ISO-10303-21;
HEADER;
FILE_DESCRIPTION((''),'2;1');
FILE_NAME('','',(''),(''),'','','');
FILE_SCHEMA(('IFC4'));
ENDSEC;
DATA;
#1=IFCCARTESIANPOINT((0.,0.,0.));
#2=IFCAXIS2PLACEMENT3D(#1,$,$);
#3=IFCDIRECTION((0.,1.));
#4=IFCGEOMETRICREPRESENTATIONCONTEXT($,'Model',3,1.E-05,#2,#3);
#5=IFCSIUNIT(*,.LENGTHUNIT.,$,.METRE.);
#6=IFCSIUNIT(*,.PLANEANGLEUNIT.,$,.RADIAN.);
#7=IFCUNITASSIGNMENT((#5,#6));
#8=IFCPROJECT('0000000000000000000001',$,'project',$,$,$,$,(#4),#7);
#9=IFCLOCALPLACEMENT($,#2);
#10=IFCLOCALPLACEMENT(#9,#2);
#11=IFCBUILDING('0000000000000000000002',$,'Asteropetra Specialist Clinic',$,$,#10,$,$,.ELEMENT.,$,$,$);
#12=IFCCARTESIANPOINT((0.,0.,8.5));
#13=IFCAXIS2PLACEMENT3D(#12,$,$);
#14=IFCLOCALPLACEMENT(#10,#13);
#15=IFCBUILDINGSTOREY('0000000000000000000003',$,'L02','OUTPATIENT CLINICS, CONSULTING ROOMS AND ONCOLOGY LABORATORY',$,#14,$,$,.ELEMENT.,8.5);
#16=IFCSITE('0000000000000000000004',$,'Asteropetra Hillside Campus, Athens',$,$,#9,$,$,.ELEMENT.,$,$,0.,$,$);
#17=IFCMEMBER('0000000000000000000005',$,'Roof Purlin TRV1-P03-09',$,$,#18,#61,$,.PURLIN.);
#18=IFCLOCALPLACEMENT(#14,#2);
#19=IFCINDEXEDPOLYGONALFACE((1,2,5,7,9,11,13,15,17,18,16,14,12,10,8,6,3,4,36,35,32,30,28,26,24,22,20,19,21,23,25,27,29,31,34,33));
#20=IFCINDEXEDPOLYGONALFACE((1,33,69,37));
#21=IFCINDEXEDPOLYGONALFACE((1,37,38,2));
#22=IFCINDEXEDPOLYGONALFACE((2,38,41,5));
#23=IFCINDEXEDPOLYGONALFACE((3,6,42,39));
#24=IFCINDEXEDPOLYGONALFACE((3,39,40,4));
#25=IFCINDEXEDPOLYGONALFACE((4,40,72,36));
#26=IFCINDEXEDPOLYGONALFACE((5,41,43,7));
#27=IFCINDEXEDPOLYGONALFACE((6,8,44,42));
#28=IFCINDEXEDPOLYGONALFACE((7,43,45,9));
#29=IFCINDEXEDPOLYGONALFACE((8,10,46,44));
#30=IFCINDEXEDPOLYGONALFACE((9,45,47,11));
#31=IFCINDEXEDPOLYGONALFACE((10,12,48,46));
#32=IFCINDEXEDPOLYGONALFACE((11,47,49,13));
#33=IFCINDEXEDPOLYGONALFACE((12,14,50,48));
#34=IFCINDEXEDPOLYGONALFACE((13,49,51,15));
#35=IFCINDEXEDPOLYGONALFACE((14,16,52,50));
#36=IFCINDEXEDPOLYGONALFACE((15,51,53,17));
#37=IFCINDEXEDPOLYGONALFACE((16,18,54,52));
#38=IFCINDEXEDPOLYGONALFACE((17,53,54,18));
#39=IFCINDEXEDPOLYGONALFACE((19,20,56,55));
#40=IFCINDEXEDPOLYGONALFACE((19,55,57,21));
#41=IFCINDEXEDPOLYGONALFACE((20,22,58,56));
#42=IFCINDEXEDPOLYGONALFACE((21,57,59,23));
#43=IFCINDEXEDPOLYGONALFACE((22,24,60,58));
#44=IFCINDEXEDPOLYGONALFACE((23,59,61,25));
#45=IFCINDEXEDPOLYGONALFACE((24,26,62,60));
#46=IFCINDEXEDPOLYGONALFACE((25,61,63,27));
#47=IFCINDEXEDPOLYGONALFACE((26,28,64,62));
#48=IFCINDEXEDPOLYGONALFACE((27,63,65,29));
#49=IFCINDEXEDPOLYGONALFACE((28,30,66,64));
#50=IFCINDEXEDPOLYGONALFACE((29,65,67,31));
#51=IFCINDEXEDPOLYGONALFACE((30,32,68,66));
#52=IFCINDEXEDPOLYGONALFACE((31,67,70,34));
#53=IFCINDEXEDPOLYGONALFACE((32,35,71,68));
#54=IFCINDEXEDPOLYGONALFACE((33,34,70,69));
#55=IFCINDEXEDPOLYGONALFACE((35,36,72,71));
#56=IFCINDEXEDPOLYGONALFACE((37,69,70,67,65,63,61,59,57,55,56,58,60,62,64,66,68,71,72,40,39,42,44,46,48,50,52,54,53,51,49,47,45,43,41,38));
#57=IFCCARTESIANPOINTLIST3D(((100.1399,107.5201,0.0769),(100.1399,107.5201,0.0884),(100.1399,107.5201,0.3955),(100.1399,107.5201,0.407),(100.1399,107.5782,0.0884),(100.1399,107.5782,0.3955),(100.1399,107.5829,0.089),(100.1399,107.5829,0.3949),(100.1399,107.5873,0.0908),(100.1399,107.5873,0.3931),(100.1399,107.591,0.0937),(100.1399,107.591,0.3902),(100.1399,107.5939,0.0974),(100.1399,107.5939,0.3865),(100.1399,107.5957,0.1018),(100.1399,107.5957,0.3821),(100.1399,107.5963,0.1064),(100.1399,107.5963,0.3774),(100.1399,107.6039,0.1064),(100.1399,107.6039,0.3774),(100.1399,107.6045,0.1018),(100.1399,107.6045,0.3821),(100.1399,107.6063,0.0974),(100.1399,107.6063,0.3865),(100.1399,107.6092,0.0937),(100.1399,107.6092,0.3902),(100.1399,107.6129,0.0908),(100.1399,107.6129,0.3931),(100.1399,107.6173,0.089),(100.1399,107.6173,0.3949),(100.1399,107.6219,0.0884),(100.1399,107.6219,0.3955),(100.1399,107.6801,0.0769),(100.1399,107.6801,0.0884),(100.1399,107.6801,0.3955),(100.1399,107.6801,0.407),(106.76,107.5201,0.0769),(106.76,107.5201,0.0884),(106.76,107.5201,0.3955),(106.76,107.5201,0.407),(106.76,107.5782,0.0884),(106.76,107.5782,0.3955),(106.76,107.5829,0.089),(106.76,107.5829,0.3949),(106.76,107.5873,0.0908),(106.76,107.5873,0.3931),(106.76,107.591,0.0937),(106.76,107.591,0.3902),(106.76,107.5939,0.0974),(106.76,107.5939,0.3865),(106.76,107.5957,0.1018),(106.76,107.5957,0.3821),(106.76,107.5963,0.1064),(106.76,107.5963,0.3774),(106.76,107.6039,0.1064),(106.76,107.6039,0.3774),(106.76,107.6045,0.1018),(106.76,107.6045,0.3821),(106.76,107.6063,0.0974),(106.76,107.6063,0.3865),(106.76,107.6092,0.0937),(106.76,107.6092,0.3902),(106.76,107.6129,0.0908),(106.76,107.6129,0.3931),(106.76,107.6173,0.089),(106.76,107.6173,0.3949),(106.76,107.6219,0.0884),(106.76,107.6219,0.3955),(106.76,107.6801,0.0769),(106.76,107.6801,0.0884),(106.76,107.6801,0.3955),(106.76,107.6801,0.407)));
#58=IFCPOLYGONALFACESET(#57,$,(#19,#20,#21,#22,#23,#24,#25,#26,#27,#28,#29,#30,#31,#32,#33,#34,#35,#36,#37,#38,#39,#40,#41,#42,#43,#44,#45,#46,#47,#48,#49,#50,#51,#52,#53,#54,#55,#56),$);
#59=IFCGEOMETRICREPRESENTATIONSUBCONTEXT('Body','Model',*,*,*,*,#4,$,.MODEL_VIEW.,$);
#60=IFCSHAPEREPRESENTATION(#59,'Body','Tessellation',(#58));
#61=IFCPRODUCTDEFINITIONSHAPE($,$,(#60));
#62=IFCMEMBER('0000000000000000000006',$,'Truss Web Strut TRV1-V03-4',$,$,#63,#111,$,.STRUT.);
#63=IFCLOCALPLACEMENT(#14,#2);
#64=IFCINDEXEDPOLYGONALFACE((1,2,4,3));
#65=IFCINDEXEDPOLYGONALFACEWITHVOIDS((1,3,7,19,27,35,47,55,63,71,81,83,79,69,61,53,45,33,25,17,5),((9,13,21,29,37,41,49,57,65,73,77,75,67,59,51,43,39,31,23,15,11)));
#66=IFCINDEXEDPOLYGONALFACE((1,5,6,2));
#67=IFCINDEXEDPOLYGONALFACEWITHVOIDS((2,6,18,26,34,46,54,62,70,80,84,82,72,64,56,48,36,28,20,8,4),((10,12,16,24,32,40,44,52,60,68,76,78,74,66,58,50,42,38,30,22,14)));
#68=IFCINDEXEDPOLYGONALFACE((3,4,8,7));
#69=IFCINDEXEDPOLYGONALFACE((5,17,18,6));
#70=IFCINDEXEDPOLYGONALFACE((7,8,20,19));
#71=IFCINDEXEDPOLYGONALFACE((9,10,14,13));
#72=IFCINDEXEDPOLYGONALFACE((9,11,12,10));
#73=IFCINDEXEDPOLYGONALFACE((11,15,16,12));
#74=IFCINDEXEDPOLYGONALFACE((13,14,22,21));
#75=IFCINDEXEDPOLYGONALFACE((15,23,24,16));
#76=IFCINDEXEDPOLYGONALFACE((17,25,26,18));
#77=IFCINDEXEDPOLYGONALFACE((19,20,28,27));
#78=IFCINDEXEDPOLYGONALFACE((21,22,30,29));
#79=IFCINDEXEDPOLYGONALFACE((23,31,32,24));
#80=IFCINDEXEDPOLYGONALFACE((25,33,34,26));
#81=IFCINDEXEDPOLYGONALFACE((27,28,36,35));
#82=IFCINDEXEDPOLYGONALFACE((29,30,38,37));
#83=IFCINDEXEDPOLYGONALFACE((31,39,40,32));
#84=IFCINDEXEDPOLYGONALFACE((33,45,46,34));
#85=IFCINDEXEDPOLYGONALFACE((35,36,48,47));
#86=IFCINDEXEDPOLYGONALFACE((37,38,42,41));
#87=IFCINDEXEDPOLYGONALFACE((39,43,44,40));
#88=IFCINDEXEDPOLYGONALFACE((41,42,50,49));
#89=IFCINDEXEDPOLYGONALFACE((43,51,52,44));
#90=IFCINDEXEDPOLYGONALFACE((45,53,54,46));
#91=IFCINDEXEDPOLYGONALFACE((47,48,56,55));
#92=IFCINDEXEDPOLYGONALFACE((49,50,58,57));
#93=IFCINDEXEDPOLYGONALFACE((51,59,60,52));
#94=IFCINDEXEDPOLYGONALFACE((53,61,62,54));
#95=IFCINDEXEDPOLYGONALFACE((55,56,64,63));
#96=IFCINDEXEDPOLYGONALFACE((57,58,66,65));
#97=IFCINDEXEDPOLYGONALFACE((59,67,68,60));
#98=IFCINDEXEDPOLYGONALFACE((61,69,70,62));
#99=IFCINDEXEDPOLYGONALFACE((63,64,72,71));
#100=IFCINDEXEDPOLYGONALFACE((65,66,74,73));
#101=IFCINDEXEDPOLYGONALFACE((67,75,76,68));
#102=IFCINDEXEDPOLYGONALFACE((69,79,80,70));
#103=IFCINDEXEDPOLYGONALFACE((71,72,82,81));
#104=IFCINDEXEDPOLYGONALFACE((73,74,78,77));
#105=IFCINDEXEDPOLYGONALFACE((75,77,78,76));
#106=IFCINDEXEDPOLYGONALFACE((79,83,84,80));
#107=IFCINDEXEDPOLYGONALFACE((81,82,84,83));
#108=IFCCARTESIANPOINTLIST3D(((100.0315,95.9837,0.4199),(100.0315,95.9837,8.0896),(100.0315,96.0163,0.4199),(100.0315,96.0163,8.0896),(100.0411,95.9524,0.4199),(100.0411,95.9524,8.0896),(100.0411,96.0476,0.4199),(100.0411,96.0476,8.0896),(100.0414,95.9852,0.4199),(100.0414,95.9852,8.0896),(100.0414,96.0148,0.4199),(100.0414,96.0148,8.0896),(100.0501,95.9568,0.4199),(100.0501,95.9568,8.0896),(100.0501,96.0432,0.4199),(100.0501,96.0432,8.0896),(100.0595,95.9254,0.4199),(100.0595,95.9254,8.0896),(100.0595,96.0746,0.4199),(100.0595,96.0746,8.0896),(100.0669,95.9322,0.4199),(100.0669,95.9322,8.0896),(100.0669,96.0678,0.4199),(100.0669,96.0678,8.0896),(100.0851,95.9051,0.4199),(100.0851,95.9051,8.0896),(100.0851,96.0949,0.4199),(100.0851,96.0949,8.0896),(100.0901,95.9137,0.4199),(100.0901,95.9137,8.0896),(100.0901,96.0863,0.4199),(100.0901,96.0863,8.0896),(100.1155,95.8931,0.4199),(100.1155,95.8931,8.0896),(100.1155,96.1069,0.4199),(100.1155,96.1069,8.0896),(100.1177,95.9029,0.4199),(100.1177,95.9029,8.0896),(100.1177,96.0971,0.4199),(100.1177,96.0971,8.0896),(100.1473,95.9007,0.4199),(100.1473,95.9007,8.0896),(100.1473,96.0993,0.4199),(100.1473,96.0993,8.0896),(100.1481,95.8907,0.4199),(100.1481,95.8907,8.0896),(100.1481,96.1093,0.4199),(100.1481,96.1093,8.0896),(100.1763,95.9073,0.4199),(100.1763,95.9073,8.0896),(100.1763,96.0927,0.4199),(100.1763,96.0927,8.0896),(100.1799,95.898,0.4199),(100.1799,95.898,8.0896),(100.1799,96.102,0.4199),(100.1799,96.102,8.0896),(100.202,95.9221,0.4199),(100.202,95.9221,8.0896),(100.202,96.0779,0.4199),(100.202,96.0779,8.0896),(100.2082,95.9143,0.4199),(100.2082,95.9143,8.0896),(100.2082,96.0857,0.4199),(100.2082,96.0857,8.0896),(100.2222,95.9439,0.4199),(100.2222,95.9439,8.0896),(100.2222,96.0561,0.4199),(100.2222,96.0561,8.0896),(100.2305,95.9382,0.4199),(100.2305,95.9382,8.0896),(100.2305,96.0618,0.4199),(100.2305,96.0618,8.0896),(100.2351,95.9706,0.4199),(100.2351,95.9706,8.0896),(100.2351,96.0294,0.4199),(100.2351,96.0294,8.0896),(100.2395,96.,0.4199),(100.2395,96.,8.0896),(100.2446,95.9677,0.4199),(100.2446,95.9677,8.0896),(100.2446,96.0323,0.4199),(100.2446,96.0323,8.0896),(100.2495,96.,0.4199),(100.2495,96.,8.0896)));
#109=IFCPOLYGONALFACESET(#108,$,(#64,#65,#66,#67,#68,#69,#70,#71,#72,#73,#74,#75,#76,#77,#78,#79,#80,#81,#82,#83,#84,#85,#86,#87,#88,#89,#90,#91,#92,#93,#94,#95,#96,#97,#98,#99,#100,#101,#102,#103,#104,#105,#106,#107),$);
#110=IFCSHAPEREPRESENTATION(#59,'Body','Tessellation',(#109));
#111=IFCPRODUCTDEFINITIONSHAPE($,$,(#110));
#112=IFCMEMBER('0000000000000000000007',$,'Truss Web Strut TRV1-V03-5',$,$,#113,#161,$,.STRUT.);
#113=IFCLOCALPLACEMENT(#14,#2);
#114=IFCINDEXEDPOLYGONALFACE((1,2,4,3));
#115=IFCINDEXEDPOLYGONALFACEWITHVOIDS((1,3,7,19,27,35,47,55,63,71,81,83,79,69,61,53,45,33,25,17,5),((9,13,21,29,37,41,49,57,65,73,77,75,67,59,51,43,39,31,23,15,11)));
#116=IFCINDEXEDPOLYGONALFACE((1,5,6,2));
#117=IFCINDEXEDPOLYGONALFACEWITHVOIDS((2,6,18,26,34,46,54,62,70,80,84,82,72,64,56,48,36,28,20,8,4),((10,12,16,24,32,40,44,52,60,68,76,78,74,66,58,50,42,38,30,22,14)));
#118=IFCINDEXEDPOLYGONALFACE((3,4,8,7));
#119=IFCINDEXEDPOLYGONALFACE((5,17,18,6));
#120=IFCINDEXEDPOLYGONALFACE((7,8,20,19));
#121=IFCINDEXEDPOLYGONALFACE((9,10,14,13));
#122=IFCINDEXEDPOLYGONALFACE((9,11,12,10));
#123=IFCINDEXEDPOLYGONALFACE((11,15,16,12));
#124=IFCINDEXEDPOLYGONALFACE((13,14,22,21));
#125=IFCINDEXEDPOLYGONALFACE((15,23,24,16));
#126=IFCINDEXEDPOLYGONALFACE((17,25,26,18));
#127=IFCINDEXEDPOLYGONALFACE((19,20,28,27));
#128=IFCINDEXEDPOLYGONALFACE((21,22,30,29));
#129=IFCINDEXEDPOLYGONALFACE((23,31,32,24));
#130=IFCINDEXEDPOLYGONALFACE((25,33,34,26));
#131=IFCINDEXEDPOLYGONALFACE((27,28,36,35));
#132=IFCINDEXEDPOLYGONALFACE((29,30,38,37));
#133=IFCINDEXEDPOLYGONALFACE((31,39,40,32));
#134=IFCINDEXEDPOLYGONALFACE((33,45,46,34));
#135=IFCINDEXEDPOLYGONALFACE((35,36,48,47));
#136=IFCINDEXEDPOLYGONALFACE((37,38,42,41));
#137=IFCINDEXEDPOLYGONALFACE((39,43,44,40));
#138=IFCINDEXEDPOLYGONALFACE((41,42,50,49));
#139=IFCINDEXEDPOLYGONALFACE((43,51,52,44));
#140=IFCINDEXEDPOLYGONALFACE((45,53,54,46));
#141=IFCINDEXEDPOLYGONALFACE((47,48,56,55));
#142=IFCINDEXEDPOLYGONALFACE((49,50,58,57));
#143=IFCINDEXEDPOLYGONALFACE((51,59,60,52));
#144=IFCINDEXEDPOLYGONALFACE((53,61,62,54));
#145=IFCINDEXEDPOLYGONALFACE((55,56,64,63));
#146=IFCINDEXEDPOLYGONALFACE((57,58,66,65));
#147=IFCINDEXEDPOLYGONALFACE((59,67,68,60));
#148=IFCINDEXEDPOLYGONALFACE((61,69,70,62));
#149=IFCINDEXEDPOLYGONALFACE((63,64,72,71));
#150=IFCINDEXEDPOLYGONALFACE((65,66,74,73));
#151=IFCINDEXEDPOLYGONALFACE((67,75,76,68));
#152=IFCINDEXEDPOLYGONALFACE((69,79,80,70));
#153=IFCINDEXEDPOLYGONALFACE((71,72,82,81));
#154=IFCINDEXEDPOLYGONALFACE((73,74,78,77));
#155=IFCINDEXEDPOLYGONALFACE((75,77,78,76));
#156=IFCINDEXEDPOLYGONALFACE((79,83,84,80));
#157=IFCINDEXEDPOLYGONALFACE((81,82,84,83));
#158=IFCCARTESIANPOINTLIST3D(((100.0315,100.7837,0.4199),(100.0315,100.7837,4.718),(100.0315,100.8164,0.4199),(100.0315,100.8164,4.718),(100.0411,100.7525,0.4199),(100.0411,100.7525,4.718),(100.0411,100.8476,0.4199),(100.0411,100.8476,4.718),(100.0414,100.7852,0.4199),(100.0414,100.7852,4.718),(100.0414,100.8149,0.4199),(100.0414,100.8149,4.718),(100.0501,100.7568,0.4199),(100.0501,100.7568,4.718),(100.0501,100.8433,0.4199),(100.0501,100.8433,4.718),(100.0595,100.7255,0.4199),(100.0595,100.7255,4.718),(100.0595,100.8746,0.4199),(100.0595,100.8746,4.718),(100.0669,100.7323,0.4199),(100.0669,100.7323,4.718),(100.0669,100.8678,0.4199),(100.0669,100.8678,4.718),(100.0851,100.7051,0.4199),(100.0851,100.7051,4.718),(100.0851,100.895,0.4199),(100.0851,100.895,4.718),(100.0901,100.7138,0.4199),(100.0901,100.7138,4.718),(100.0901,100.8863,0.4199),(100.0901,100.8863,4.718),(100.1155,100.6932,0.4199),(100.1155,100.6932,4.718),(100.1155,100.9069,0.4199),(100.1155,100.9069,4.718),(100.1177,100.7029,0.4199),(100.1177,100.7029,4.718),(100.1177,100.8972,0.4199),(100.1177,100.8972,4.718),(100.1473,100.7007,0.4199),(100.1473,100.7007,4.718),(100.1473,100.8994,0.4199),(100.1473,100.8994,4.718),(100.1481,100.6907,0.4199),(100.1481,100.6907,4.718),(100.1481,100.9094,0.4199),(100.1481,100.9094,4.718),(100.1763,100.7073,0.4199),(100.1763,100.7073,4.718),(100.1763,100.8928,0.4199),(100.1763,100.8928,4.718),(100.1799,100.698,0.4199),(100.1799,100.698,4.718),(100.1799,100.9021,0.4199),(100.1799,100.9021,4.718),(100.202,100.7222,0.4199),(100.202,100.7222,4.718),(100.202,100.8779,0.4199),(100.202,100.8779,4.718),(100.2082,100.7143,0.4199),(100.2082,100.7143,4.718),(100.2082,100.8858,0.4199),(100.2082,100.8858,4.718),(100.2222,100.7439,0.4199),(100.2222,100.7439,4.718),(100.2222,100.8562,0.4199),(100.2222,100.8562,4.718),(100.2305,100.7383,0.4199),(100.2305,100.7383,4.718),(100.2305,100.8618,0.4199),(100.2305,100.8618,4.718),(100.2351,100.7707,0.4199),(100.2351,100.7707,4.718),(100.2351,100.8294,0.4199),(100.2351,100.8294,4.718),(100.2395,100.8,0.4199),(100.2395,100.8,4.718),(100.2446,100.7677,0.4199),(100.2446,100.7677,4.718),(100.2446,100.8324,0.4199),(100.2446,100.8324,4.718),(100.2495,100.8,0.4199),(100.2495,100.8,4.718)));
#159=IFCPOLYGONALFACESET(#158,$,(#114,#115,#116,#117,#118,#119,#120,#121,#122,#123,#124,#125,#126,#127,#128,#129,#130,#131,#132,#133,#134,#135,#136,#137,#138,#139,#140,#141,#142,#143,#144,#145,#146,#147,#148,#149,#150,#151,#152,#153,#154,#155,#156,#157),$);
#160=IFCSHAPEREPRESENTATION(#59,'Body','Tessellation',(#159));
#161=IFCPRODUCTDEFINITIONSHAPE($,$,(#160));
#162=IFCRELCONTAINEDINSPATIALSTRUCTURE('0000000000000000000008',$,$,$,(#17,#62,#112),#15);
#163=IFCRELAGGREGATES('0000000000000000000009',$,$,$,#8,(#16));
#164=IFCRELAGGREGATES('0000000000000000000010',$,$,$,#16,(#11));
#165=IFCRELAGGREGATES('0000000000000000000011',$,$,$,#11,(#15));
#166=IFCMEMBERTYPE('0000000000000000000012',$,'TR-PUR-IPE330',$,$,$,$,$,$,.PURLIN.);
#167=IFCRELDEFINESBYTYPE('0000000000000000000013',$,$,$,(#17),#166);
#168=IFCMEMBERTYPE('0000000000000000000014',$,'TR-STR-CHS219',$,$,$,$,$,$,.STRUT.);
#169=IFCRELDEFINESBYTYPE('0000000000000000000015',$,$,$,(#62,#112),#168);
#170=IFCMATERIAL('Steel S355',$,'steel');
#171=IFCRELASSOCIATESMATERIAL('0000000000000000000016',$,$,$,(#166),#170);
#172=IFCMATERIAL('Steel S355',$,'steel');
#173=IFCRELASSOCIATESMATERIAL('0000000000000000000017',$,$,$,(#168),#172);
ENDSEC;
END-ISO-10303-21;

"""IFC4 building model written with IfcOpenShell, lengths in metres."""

from ifc_helpers import new_model, si_unit, direction, frame, origin, origin_2d, place, context, subcontext, project, spatial, hollow_circle, i_section, extrude, material, material_profile, profile_set, type_object, element, save


model = new_model("IFC4")

# Units and contexts
model_context = context("Model", 3, precision=1e-05, world=origin(), true_north=direction((0.0, 1.0)))
body_context = subcontext(model_context, "Body", "Model", "MODEL_VIEW")
ifc_project = project(units=[si_unit("LENGTHUNIT", "METRE"), si_unit("PLANEANGLEUNIT", "RADIAN")], contexts=[model_context])

# Site, building, storey
site_placement = place(None, origin())
site = spatial("IfcSite", under=ifc_project, at=site_placement, Name="Asteropetra Hillside Campus, Athens", CompositionType="ELEMENT", RefElevation=0.0)
building_placement = place(site_placement, origin())
building = spatial("IfcBuilding", under=site, at=building_placement, Name="Asteropetra Specialist Clinic", CompositionType="ELEMENT")
storey_placement = place(building_placement, frame((0.0, 0.0, 8.5)))
storey = spatial("IfcBuildingStorey", under=building, at=storey_placement, Name="L02", Description="OUTPATIENT CLINICS, CONSULTING ROOMS AND ONCOLOGY LABORATORY", CompositionType="ELEMENT", Elevation=8.5)

# Members
ifc_material_1 = material(Name="Steel S355", Category="steel")
ifc_material_profile_1 = material_profile(ifc_material_1, i_section(OverallWidth=0.1599, OverallDepth=0.3301, WebThickness=0.0076, FlangeThickness=0.0115, FilletRadius=0.0181, at=origin_2d()), Name="IPE 330")
ifc_profile_set_1 = profile_set([ifc_material_profile_1], Name="Steel S355")
member_type_1 = type_object("IfcMemberType", Name="TR-PUR-IPE330", PredefinedType="PURLIN", material=ifc_profile_set_1)
member_1_placement = place(storey_placement, frame((100.1399, 107.6001, 0.2419), z_axis=(1.0, 0.0, 0.0), x_axis=(0.0, 1.0, 0.0)))
element("IfcMember", 1, at=member_1_placement, inside=storey, type_object=member_type_1, Name="Roof Purlin TRV1-P03-09", PredefinedType="PURLIN", context=body_context, shape_type="SweptSolid", body=[
    extrude(i_section(OverallWidth=0.1599, OverallDepth=0.3301, WebThickness=0.0076, FlangeThickness=0.0115, FilletRadius=0.0181, at=origin_2d()), origin(), (0.0, 0.0, 1.0), 6.6201),
])
ifc_material_2 = material(Name="Steel S355", Category="steel")
ifc_material_profile_2 = material_profile(ifc_material_2, hollow_circle(Radius=0.1096, WallThickness=0.01, at=origin_2d()), Name="CHS 219.1x10.0")
ifc_profile_set_2 = profile_set([ifc_material_profile_2], Name="Steel S355")
member_type_2 = type_object("IfcMemberType", Name="TR-STR-CHS219", PredefinedType="STRUT", material=ifc_profile_set_2)
member_2_placement = place(storey_placement, frame((100.1399, 96.0, 0.4199), z_axis=(0.0, 0.0, 1.0), x_axis=(1.0, 0.0, 0.0)))
element("IfcMember", 2, at=member_2_placement, inside=storey, type_object=member_type_2, Name="Truss Web Strut TRV1-V03-4", PredefinedType="STRUT", context=body_context, shape_type="SweptSolid", body=[
    extrude(hollow_circle(Radius=0.1096, WallThickness=0.01, at=origin_2d()), origin(), (0.0, 0.0, 1.0), 7.6697),
])
member_3_placement = place(storey_placement, frame((100.1399, 100.8, 0.4199), z_axis=(0.0, 0.0, 1.0), x_axis=(1.0, 0.0, 0.0)))
element("IfcMember", 3, at=member_3_placement, inside=storey, type_object=member_type_2, Name="Truss Web Strut TRV1-V03-5", PredefinedType="STRUT", context=body_context, shape_type="SweptSolid", body=[
    extrude(hollow_circle(Radius=0.1096, WallThickness=0.01, at=origin_2d()), origin(), (0.0, 0.0, 1.0), 4.2981),
])

save(model, "model.ifc")
